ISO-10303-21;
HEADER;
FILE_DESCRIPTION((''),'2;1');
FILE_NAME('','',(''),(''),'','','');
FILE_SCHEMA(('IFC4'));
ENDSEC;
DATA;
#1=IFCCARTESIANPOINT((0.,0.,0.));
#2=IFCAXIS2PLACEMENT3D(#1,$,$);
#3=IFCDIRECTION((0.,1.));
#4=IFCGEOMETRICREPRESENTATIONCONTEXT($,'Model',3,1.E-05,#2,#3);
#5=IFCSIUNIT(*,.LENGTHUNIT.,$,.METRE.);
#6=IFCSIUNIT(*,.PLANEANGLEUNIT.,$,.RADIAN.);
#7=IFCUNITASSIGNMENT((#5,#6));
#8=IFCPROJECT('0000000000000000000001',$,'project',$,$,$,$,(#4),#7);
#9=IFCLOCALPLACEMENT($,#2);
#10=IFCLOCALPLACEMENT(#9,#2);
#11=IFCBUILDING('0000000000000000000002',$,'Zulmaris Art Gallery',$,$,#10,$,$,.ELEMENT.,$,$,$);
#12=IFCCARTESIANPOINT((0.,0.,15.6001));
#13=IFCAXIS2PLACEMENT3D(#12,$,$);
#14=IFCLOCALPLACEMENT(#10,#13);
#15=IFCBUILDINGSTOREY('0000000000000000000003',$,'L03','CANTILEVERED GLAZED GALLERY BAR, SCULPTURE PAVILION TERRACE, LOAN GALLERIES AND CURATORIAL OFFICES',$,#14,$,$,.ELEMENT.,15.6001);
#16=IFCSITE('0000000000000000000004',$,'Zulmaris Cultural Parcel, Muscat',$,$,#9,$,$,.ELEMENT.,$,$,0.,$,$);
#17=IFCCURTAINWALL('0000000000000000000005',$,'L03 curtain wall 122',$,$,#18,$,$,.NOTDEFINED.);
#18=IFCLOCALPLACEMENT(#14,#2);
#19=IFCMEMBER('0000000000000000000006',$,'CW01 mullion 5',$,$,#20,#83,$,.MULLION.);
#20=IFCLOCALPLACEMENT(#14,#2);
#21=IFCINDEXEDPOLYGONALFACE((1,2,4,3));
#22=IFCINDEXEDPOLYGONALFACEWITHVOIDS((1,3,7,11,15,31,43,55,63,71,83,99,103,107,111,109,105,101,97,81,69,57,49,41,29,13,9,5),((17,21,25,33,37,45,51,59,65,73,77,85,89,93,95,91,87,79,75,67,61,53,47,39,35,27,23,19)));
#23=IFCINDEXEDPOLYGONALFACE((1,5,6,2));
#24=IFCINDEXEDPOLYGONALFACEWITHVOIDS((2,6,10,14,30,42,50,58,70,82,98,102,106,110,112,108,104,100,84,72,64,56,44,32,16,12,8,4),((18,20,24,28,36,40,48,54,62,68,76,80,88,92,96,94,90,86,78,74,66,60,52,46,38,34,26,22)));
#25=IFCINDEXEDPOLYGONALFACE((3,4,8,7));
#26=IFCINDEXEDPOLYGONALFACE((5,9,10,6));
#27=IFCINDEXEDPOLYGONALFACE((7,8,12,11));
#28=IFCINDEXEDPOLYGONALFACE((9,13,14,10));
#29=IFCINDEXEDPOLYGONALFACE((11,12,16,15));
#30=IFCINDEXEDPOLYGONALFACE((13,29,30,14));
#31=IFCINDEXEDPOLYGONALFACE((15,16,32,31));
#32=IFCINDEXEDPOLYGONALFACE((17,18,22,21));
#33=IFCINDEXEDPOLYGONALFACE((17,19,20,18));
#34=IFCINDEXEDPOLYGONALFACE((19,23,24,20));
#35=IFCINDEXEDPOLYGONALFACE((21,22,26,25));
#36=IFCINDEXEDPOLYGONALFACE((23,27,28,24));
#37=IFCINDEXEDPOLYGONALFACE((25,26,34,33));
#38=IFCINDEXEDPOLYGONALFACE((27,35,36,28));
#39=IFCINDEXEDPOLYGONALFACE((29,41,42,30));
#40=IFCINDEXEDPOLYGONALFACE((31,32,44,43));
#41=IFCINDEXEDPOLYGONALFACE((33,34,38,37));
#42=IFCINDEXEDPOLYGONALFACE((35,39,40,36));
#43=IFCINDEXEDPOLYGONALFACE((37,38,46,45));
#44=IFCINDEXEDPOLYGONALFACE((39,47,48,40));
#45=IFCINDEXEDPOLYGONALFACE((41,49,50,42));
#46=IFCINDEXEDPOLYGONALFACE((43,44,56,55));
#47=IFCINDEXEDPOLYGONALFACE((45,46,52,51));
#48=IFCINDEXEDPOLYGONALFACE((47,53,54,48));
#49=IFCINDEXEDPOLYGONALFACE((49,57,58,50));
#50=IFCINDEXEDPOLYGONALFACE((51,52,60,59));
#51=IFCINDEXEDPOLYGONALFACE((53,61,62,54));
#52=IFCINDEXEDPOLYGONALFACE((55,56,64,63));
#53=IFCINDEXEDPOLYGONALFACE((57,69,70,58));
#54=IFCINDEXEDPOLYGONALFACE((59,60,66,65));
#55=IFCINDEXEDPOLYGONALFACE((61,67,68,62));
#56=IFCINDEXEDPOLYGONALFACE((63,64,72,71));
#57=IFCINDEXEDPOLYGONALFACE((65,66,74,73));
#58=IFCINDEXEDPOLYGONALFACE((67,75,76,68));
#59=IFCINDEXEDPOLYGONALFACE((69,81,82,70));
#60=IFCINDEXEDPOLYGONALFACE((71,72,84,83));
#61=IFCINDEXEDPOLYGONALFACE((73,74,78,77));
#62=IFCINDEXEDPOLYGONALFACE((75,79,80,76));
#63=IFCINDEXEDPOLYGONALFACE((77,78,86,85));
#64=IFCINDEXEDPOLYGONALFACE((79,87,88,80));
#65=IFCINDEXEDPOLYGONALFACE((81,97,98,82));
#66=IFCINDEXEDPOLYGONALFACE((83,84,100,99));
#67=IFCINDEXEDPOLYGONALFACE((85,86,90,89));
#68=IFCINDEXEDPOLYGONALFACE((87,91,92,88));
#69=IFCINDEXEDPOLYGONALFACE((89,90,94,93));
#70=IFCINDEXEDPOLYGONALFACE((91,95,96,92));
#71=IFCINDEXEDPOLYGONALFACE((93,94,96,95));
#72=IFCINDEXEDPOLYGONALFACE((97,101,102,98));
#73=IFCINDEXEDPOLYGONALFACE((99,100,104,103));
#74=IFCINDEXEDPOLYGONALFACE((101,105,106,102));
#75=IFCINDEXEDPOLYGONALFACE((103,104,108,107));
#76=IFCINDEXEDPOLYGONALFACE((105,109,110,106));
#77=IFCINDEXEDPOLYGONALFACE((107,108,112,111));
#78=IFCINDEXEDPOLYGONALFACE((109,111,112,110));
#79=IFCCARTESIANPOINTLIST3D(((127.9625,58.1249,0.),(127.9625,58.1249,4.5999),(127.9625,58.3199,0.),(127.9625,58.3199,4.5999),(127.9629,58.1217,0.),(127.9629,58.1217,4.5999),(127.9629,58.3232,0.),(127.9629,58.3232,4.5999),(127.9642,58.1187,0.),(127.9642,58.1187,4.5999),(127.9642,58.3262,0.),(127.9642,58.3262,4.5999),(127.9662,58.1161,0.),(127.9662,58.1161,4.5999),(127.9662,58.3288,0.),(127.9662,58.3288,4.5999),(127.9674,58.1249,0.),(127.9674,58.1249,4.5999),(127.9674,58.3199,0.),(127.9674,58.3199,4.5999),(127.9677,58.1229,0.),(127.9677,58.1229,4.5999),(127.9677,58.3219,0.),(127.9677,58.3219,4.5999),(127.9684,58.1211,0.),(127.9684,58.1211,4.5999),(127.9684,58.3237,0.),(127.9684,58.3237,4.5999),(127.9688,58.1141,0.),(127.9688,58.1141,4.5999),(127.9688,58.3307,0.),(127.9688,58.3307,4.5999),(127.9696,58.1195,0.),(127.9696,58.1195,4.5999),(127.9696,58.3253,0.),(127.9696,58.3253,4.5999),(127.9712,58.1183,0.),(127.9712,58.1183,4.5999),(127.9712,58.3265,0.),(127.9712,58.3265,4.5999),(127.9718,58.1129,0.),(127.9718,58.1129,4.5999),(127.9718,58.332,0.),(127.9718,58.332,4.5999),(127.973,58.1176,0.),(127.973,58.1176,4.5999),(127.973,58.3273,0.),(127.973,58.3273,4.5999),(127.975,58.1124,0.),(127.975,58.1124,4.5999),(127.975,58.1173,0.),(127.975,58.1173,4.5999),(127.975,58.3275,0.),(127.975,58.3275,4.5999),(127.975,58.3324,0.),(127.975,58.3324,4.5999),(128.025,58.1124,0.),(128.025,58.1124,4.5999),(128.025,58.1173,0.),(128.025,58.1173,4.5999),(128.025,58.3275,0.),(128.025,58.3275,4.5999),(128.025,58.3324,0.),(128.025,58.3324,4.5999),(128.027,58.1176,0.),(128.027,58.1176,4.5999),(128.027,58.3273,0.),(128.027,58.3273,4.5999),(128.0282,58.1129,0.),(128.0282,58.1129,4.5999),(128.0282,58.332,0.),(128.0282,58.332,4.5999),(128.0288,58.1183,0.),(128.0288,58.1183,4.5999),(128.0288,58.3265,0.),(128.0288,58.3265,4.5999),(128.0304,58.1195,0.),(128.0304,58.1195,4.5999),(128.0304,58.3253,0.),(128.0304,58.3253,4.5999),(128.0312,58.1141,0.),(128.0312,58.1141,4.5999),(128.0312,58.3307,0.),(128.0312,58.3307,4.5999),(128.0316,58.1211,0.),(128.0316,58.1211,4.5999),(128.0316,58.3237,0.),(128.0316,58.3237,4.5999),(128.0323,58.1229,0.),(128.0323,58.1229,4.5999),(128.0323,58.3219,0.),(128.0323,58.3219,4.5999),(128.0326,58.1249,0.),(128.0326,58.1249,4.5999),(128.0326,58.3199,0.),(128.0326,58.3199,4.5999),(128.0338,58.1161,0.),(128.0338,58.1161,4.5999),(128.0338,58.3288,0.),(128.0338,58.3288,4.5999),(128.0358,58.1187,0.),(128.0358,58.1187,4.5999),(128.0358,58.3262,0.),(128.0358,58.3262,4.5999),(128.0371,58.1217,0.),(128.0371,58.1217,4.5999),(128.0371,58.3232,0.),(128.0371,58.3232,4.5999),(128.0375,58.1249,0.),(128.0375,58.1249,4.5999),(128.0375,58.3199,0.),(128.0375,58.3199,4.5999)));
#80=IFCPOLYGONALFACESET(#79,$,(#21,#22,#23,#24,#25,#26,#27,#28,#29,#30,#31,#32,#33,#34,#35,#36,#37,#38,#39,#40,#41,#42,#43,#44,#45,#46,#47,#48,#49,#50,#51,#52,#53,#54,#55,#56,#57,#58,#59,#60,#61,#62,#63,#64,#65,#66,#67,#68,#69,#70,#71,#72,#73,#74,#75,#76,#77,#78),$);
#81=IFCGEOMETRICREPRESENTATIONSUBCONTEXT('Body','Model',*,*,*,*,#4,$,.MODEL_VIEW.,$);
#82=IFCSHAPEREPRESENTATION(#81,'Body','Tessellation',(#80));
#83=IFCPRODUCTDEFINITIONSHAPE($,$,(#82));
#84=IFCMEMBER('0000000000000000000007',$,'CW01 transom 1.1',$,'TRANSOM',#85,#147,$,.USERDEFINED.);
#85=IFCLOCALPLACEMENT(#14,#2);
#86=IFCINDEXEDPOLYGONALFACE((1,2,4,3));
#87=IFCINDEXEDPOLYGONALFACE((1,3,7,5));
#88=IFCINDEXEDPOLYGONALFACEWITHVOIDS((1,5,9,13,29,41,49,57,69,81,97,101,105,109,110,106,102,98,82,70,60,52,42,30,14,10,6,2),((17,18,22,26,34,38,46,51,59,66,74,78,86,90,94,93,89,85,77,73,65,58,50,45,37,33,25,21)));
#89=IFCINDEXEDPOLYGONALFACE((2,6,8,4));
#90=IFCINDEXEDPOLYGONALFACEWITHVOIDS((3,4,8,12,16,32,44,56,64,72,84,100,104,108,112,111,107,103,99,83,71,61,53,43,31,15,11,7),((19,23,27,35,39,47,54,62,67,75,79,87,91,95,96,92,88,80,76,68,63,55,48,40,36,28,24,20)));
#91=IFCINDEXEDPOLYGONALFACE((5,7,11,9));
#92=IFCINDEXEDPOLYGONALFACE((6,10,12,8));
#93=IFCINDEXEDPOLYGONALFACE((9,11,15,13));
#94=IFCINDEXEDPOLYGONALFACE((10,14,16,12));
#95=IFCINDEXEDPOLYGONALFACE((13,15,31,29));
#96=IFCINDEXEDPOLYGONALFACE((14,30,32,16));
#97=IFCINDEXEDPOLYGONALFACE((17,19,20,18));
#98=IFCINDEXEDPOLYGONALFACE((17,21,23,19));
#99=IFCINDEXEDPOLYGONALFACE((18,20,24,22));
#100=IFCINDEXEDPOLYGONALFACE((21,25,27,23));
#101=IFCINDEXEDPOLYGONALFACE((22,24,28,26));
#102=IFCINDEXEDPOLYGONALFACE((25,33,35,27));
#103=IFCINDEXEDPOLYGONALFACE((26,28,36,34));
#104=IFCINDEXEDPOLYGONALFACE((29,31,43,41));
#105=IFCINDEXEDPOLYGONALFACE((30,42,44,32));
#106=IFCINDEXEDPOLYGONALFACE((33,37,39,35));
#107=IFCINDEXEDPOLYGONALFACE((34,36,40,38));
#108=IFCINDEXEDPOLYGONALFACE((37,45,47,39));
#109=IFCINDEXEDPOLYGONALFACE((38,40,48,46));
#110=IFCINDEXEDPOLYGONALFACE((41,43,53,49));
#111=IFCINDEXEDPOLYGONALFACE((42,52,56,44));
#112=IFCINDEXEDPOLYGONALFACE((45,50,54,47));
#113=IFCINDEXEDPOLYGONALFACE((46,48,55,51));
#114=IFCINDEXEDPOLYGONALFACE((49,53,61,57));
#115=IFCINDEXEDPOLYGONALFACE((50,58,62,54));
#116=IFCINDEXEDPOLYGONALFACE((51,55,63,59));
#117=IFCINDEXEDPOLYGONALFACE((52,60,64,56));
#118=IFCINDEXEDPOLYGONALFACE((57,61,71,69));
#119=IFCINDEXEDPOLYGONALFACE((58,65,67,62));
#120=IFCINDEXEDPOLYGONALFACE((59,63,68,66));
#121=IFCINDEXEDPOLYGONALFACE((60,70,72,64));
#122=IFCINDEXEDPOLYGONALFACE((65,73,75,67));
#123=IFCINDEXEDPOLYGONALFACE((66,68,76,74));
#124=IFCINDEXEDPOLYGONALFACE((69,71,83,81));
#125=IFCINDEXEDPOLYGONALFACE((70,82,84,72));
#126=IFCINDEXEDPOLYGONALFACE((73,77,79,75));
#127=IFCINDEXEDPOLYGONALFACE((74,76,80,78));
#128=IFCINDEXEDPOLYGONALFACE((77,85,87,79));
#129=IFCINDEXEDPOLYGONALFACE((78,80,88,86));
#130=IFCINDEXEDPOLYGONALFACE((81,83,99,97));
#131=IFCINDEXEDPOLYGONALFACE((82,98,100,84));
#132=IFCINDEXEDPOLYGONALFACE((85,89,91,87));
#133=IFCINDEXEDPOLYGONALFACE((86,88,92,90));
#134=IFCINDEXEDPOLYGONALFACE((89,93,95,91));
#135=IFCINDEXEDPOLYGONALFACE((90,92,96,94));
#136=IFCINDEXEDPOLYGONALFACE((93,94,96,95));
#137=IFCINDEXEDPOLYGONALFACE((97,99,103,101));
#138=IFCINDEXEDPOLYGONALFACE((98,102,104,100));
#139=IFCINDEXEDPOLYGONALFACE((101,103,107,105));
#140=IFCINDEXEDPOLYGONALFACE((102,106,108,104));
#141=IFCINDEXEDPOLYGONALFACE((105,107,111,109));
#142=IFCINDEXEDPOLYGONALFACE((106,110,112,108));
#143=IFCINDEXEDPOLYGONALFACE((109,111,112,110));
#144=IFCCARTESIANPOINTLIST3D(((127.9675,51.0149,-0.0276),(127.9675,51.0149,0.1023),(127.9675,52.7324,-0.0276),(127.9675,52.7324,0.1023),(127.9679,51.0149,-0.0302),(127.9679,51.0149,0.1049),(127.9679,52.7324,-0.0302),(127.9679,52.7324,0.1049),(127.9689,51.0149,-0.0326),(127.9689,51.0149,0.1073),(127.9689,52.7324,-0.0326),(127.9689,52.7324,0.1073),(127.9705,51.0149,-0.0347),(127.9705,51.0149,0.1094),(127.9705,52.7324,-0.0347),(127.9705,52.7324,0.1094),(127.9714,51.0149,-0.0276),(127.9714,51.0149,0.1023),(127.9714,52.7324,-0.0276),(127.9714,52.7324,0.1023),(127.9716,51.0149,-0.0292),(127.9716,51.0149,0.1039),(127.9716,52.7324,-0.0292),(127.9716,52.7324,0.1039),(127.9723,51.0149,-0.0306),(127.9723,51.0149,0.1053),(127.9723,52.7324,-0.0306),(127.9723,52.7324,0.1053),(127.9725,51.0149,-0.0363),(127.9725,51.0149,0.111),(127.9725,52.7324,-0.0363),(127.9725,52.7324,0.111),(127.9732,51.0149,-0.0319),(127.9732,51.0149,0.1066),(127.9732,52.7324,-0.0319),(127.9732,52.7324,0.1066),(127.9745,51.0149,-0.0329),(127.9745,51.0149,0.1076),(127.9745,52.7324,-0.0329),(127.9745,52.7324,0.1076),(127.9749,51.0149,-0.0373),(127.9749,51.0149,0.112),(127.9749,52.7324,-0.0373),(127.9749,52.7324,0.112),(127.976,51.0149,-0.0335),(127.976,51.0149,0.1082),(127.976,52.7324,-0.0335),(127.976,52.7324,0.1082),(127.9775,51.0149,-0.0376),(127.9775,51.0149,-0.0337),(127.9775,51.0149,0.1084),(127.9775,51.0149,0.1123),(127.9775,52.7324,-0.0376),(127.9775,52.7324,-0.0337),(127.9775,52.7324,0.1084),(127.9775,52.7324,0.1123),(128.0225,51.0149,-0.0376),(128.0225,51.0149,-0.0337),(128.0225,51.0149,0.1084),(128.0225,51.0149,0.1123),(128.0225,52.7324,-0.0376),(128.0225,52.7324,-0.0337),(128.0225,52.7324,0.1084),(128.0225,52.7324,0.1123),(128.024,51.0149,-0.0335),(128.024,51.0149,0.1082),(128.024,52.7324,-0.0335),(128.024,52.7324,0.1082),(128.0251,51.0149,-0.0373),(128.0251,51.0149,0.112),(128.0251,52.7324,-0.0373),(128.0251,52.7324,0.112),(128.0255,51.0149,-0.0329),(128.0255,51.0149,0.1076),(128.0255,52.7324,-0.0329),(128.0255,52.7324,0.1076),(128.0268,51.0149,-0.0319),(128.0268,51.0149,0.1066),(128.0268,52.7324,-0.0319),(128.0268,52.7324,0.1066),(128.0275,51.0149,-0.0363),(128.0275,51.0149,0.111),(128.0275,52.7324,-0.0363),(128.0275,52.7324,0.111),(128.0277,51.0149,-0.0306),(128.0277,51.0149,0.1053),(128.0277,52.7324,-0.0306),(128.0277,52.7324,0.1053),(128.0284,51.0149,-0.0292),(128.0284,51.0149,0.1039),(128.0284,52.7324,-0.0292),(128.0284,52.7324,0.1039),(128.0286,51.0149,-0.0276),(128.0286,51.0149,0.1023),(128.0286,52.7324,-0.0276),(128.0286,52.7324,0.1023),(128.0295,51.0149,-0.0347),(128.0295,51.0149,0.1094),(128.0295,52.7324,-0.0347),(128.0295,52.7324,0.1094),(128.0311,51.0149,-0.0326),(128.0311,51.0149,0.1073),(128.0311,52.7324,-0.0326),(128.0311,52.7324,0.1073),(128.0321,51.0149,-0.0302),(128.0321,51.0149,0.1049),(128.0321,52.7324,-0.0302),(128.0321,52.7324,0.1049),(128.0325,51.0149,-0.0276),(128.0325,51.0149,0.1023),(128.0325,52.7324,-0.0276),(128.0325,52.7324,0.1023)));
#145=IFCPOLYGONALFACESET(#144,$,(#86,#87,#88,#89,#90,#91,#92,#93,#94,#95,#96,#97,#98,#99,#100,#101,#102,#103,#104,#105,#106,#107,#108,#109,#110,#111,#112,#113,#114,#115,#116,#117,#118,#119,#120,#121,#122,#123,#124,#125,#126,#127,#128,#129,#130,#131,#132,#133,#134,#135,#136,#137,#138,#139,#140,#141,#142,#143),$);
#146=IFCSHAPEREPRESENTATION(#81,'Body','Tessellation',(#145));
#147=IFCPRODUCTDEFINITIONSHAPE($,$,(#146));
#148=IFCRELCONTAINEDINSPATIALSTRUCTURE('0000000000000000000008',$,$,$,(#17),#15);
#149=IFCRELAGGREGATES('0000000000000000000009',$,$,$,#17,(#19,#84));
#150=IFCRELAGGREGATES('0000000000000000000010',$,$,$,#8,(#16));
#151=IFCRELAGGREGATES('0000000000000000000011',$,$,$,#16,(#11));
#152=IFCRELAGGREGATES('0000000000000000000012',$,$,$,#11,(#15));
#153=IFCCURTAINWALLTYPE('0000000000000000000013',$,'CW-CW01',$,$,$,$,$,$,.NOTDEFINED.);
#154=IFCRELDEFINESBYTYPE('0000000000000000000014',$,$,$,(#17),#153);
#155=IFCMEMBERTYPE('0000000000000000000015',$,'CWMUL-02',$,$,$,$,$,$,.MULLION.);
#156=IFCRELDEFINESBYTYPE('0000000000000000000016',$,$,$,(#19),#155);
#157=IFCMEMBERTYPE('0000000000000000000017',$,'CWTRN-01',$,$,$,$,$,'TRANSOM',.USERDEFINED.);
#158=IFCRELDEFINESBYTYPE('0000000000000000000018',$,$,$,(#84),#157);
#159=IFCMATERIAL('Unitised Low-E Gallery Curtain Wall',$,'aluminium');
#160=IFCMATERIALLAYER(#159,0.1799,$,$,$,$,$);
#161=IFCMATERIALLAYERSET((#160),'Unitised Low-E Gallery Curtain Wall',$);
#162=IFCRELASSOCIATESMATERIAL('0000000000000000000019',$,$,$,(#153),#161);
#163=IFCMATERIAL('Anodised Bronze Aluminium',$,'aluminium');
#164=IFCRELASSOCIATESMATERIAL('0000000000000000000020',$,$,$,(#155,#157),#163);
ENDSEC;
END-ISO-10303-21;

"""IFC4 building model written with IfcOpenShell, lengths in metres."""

from ifc_helpers import new_model, si_unit, direction, frame, origin, origin_2d, place, context, subcontext, project, spatial, hollow_rectangle, extrude, material, layer, layer_set, material_profile, profile_set, type_object, element, aggregate, save


model = new_model("IFC4")

# Units and contexts
model_context = context("Model", 3, precision=1e-05, world=origin(), true_north=direction((0.0, 1.0)))
body_context = subcontext(model_context, "Body", "Model", "MODEL_VIEW")
ifc_project = project(units=[si_unit("LENGTHUNIT", "METRE"), si_unit("PLANEANGLEUNIT", "RADIAN")], contexts=[model_context])

# Site, building, storey
site_placement = place(None, origin())
site = spatial("IfcSite", under=ifc_project, at=site_placement, Name="Zulmaris Cultural Parcel, Muscat", CompositionType="ELEMENT", RefElevation=0.0)
building_placement = place(site_placement, origin())
building = spatial("IfcBuilding", under=site, at=building_placement, Name="Zulmaris Art Gallery", CompositionType="ELEMENT")
storey_placement = place(building_placement, frame((0.0, 0.0, 15.6001)))
storey = spatial("IfcBuildingStorey", under=building, at=storey_placement, Name="L03", Description="CANTILEVERED GLAZED GALLERY BAR, SCULPTURE PAVILION TERRACE, LOAN GALLERIES AND CURATORIAL OFFICES", CompositionType="ELEMENT", Elevation=15.6001)

# Curtain wall, members
ifc_material_1 = material(Name="Unitised Low-E Gallery Curtain Wall", Category="aluminium")
ifc_layer_1 = layer(ifc_material_1, 0.1799)
ifc_layer_set_1 = layer_set([ifc_layer_1], Name="Unitised Low-E Gallery Curtain Wall")
curtain_wall_type = type_object("IfcCurtainWallType", Name="CW-CW01", PredefinedType="NOTDEFINED", material=ifc_layer_set_1)
curtain_wall_placement = place(storey_placement, origin())
curtain_wall = element("IfcCurtainWall", 1, at=curtain_wall_placement, inside=storey, type_object=curtain_wall_type, Name="L03 curtain wall 122", PredefinedType="NOTDEFINED")
ifc_material_2 = material(Name="Anodised Bronze Aluminium", Category="aluminium")
ifc_material_profile_1 = material_profile(ifc_material_2, hollow_rectangle(XDim=0.075, YDim=0.22, WallThickness=0.0049, InnerFilletRadius=0.0076, OuterFilletRadius=0.0125, at=origin_2d()), Name="ALU 75x220x5")
ifc_profile_set_1 = profile_set([ifc_material_profile_1], Name="Anodised Bronze Aluminium")
member_type_1 = type_object("IfcMemberType", Name="CWMUL-02", PredefinedType="MULLION", material=ifc_profile_set_1)
member_1_placement = place(storey_placement, frame((128.0, 58.2224, 0.0), z_axis=(0.0, 0.0, 1.0), x_axis=(-1.0, 0.0, 0.0)))
member_1 = element("IfcMember", 2, at=member_1_placement, type_object=member_type_1, Name="CW01 mullion 5", PredefinedType="MULLION", context=body_context, shape_type="SweptSolid", body=[
    extrude(hollow_rectangle(XDim=0.075, YDim=0.22, WallThickness=0.0049, InnerFilletRadius=0.0076, OuterFilletRadius=0.0125, at=origin_2d()), origin(), (0.0, 0.0, 1.0), 4.5999),
])
ifc_material_profile_2 = material_profile(ifc_material_2, hollow_rectangle(XDim=0.0649, YDim=0.1499, WallThickness=0.0039, InnerFilletRadius=0.0061, OuterFilletRadius=0.01, at=origin_2d()), Name="ALU 65x150x4")
ifc_profile_set_2 = profile_set([ifc_material_profile_2], Name="Anodised Bronze Aluminium")
member_type_2 = type_object("IfcMemberType", Name="CWTRN-01", ElementType="TRANSOM", PredefinedType="USERDEFINED", material=ifc_profile_set_2)
member_2_placement = place(storey_placement, frame((128.0, 51.0149, 0.0374), z_axis=(0.0, 1.0, 0.0), x_axis=(-1.0, 0.0, 0.0)))
member_2 = element("IfcMember", 3, at=member_2_placement, type_object=member_type_2, Name="CW01 transom 1.1", ObjectType="TRANSOM", PredefinedType="USERDEFINED", context=body_context, shape_type="SweptSolid", body=[
    extrude(hollow_rectangle(XDim=0.0649, YDim=0.1499, WallThickness=0.0039, InnerFilletRadius=0.0061, OuterFilletRadius=0.01, at=origin_2d()), origin(), (0.0, 0.0, 1.0), 1.7175),
])
aggregate(curtain_wall, [member_1, member_2])

save(model, "model.ifc")
